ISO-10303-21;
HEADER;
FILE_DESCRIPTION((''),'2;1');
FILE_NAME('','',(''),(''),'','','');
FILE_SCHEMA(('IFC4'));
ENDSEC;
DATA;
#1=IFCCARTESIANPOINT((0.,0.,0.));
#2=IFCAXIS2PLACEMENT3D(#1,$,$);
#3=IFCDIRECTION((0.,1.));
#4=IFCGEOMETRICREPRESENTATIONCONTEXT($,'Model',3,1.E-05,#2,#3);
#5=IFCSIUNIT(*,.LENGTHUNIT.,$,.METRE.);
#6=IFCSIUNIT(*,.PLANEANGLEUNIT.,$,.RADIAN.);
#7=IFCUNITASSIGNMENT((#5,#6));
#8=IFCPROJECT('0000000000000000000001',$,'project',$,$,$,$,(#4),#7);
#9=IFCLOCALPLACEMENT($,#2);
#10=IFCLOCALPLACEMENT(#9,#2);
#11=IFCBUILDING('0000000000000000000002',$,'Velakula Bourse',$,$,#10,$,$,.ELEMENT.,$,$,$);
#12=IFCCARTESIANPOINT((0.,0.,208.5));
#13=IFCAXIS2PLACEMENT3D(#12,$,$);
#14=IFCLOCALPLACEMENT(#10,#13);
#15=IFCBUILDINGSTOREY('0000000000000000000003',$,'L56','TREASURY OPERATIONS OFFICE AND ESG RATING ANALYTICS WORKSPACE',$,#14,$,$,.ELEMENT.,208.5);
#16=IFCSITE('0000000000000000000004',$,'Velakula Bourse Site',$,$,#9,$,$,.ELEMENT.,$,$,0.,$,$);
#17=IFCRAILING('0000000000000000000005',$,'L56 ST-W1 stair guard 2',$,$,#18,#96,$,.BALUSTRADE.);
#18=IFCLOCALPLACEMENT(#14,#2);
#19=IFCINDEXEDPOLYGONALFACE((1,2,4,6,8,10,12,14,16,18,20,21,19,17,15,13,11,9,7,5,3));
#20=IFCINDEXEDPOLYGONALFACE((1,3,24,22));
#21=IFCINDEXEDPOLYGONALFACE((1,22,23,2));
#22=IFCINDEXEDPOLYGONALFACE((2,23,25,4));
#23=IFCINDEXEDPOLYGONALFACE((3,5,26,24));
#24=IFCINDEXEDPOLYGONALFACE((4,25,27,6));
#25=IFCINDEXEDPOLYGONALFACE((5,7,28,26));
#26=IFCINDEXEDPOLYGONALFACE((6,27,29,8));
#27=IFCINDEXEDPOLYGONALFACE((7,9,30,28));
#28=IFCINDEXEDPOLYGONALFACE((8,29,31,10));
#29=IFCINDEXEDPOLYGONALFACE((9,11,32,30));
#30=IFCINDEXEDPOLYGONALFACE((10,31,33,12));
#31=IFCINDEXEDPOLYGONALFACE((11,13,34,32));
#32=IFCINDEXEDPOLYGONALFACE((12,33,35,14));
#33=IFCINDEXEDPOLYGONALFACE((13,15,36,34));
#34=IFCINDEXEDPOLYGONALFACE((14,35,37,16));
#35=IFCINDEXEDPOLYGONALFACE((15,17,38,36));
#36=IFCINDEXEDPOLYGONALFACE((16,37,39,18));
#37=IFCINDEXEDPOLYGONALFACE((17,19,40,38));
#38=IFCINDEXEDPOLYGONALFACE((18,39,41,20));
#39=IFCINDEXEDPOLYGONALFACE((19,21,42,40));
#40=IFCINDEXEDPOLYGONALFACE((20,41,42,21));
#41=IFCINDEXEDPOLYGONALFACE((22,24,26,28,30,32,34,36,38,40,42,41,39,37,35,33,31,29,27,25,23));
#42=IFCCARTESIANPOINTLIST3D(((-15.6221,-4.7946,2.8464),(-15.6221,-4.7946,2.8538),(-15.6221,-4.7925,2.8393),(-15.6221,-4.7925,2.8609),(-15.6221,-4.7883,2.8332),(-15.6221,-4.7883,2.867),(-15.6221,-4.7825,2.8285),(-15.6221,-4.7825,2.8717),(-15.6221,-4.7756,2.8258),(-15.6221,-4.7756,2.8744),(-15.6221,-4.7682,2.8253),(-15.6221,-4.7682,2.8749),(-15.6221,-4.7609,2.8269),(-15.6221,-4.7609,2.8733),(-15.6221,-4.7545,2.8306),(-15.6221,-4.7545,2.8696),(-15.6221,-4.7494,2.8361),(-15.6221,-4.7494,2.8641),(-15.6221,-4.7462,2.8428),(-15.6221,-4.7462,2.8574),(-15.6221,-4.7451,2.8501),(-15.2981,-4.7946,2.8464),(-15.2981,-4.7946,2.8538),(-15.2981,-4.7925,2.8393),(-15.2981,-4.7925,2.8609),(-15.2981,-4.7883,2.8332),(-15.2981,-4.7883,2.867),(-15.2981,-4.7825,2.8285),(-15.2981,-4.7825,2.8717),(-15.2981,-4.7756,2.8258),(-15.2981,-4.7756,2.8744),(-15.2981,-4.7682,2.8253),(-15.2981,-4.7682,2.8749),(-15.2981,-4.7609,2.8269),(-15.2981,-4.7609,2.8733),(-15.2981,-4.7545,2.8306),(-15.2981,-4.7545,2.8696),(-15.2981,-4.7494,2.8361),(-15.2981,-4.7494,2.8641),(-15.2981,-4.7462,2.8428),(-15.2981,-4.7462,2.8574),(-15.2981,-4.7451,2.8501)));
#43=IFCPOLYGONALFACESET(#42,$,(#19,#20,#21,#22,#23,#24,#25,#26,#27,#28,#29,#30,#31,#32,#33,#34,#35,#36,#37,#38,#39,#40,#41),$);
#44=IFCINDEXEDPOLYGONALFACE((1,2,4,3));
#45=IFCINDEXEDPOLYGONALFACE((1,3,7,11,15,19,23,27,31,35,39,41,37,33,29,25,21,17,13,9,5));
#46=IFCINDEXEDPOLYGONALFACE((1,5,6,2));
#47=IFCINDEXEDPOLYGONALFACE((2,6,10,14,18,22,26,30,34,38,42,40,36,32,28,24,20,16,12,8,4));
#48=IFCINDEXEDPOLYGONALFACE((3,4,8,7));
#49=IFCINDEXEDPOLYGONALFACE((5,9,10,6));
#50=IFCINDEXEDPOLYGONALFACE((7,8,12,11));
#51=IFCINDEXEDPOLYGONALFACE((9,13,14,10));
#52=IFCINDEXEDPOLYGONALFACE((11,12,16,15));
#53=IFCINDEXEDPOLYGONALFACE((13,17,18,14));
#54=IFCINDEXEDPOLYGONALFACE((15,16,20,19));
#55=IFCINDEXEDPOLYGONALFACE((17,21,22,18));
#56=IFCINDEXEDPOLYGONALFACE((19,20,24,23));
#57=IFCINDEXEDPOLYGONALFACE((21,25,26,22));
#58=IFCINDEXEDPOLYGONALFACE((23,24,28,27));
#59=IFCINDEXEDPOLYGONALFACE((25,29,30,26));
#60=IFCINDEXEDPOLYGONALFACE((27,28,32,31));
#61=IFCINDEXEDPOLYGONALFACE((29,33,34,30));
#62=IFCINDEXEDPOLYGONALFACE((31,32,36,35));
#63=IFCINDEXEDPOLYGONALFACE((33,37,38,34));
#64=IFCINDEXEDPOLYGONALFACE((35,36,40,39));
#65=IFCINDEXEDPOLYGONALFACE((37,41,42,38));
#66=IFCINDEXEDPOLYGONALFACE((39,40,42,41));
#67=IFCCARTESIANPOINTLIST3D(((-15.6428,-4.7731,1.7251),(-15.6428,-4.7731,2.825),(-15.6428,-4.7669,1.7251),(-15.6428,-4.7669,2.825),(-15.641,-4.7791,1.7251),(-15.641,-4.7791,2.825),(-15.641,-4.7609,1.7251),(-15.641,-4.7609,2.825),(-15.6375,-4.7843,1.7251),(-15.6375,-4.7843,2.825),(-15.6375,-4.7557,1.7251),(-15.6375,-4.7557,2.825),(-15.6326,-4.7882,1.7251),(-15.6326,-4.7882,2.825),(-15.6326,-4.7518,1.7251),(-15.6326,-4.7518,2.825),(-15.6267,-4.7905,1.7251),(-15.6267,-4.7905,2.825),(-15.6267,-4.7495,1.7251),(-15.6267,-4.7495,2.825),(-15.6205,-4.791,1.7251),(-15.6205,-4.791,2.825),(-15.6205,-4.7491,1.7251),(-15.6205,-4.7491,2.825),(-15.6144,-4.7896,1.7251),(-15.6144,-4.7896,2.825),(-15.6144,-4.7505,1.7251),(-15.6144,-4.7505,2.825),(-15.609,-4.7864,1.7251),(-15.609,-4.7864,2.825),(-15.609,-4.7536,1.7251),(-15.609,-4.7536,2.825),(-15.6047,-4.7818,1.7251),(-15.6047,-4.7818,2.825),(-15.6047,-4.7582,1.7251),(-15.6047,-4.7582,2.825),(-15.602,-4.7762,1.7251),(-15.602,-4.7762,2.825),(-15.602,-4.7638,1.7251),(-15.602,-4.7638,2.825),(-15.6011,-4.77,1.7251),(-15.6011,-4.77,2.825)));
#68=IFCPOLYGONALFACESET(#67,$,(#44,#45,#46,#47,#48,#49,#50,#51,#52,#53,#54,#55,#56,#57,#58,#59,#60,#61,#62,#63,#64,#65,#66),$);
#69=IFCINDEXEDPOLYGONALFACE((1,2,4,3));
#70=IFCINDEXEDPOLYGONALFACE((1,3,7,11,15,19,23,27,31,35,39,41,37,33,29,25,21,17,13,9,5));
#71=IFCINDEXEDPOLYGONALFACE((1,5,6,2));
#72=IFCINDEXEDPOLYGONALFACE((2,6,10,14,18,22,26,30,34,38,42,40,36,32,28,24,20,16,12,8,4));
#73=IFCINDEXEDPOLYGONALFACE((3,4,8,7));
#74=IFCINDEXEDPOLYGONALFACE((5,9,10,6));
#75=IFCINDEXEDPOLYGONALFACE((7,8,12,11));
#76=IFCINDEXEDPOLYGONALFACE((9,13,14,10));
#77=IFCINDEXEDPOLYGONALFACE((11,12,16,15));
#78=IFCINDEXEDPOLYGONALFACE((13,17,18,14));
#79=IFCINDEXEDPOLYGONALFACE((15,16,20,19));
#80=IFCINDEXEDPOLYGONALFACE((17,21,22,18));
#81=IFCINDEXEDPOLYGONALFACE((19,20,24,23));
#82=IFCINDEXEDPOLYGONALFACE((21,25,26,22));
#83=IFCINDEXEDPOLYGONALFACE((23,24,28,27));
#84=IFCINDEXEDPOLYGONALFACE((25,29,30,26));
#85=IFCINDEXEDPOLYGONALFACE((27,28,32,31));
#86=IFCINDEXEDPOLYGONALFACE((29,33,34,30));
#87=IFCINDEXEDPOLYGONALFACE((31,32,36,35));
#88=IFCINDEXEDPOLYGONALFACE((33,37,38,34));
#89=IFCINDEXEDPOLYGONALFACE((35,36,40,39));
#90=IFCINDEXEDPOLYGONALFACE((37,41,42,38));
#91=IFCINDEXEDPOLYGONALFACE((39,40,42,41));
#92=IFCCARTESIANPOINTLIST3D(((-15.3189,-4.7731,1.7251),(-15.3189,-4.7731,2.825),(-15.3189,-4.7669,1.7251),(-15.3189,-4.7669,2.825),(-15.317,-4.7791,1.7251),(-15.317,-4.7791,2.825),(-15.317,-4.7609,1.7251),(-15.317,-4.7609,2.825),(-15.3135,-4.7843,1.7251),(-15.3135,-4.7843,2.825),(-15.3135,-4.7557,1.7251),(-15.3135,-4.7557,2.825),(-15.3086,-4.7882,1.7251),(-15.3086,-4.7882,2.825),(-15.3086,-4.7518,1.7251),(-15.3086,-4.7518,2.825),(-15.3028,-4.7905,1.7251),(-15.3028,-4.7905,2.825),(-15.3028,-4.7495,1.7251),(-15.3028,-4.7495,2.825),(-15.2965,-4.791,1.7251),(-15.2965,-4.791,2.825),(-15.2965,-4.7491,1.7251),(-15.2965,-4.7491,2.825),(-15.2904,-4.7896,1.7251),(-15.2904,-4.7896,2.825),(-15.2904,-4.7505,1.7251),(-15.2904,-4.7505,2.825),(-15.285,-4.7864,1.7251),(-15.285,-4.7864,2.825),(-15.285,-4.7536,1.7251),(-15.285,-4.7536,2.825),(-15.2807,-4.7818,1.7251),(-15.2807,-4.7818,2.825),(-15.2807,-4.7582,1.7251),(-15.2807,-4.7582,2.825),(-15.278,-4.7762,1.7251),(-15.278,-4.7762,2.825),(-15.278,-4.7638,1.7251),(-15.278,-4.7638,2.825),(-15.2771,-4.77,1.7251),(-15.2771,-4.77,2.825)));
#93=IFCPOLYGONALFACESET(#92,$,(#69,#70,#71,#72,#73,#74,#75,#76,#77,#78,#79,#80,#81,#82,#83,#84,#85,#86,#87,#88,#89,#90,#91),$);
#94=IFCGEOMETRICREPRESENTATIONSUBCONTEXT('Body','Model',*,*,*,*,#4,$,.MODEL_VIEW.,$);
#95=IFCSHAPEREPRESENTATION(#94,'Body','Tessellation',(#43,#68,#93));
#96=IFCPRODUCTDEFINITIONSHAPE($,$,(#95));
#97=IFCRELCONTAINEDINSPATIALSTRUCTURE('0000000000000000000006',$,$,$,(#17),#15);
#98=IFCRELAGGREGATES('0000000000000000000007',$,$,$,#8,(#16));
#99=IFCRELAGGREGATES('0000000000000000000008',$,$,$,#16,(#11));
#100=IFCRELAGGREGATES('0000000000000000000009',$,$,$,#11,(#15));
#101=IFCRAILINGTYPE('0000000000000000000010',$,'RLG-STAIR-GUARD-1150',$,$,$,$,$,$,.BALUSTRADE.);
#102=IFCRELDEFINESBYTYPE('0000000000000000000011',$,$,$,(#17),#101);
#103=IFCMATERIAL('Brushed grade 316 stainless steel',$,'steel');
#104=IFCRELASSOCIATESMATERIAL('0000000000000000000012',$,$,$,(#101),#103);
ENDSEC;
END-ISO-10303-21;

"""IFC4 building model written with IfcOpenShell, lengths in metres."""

from ifc_helpers import new_model, si_unit, direction, frame, origin, origin_2d, place, context, subcontext, project, spatial, circle, extrude, material, type_object, element, save


model = new_model("IFC4")

# Units and contexts
model_context = context("Model", 3, precision=1e-05, world=origin(), true_north=direction((0.0, 1.0)))
body_context = subcontext(model_context, "Body", "Model", "MODEL_VIEW")
ifc_project = project(units=[si_unit("LENGTHUNIT", "METRE"), si_unit("PLANEANGLEUNIT", "RADIAN")], contexts=[model_context])

# Site, building, storey
site_placement = place(None, origin())
site = spatial("IfcSite", under=ifc_project, at=site_placement, Name="Velakula Bourse Site", CompositionType="ELEMENT", RefElevation=0.0)
building_placement = place(site_placement, origin())
building = spatial("IfcBuilding", under=site, at=building_placement, Name="Velakula Bourse", CompositionType="ELEMENT")
storey_placement = place(building_placement, frame((0.0, 0.0, 208.5)))
storey = spatial("IfcBuildingStorey", under=building, at=storey_placement, Name="L56", Description="TREASURY OPERATIONS OFFICE AND ESG RATING ANALYTICS WORKSPACE", CompositionType="ELEMENT", Elevation=208.5)

# Shared definitions
ifc_material_1 = material(Name="Brushed grade 316 stainless steel", Category="steel")

# Railing
railing_type_1 = type_object("IfcRailingType", Name="RLG-STAIR-GUARD-1150", PredefinedType="BALUSTRADE", material=ifc_material_1)
railing_1_placement = place(storey_placement, frame((-15.6221, -4.77, 1.7251)))
element("IfcRailing", 1, at=railing_1_placement, inside=storey, type_object=railing_type_1, Name="L56 ST-W1 stair guard 2", PredefinedType="BALUSTRADE", context=body_context, shape_type="SweptSolid", body=[
    extrude(circle(Radius=0.0249, at=origin_2d()), frame((0.0, 0.0, 1.125), z_axis=(1.0, 0.0, 0.0), x_axis=(0.0, 1.0, 0.0)), (0.0, 0.0, 1.0), 0.324),
    extrude(circle(Radius=0.021, at=origin_2d()), origin(), (0.0, 0.0, 1.0), 1.0999),
    extrude(circle(Radius=0.021, at=origin_2d()), frame((0.324, 0.0, 0.0)), (0.0, 0.0, 1.0), 1.0999),
])

save(model, "model.ifc")
